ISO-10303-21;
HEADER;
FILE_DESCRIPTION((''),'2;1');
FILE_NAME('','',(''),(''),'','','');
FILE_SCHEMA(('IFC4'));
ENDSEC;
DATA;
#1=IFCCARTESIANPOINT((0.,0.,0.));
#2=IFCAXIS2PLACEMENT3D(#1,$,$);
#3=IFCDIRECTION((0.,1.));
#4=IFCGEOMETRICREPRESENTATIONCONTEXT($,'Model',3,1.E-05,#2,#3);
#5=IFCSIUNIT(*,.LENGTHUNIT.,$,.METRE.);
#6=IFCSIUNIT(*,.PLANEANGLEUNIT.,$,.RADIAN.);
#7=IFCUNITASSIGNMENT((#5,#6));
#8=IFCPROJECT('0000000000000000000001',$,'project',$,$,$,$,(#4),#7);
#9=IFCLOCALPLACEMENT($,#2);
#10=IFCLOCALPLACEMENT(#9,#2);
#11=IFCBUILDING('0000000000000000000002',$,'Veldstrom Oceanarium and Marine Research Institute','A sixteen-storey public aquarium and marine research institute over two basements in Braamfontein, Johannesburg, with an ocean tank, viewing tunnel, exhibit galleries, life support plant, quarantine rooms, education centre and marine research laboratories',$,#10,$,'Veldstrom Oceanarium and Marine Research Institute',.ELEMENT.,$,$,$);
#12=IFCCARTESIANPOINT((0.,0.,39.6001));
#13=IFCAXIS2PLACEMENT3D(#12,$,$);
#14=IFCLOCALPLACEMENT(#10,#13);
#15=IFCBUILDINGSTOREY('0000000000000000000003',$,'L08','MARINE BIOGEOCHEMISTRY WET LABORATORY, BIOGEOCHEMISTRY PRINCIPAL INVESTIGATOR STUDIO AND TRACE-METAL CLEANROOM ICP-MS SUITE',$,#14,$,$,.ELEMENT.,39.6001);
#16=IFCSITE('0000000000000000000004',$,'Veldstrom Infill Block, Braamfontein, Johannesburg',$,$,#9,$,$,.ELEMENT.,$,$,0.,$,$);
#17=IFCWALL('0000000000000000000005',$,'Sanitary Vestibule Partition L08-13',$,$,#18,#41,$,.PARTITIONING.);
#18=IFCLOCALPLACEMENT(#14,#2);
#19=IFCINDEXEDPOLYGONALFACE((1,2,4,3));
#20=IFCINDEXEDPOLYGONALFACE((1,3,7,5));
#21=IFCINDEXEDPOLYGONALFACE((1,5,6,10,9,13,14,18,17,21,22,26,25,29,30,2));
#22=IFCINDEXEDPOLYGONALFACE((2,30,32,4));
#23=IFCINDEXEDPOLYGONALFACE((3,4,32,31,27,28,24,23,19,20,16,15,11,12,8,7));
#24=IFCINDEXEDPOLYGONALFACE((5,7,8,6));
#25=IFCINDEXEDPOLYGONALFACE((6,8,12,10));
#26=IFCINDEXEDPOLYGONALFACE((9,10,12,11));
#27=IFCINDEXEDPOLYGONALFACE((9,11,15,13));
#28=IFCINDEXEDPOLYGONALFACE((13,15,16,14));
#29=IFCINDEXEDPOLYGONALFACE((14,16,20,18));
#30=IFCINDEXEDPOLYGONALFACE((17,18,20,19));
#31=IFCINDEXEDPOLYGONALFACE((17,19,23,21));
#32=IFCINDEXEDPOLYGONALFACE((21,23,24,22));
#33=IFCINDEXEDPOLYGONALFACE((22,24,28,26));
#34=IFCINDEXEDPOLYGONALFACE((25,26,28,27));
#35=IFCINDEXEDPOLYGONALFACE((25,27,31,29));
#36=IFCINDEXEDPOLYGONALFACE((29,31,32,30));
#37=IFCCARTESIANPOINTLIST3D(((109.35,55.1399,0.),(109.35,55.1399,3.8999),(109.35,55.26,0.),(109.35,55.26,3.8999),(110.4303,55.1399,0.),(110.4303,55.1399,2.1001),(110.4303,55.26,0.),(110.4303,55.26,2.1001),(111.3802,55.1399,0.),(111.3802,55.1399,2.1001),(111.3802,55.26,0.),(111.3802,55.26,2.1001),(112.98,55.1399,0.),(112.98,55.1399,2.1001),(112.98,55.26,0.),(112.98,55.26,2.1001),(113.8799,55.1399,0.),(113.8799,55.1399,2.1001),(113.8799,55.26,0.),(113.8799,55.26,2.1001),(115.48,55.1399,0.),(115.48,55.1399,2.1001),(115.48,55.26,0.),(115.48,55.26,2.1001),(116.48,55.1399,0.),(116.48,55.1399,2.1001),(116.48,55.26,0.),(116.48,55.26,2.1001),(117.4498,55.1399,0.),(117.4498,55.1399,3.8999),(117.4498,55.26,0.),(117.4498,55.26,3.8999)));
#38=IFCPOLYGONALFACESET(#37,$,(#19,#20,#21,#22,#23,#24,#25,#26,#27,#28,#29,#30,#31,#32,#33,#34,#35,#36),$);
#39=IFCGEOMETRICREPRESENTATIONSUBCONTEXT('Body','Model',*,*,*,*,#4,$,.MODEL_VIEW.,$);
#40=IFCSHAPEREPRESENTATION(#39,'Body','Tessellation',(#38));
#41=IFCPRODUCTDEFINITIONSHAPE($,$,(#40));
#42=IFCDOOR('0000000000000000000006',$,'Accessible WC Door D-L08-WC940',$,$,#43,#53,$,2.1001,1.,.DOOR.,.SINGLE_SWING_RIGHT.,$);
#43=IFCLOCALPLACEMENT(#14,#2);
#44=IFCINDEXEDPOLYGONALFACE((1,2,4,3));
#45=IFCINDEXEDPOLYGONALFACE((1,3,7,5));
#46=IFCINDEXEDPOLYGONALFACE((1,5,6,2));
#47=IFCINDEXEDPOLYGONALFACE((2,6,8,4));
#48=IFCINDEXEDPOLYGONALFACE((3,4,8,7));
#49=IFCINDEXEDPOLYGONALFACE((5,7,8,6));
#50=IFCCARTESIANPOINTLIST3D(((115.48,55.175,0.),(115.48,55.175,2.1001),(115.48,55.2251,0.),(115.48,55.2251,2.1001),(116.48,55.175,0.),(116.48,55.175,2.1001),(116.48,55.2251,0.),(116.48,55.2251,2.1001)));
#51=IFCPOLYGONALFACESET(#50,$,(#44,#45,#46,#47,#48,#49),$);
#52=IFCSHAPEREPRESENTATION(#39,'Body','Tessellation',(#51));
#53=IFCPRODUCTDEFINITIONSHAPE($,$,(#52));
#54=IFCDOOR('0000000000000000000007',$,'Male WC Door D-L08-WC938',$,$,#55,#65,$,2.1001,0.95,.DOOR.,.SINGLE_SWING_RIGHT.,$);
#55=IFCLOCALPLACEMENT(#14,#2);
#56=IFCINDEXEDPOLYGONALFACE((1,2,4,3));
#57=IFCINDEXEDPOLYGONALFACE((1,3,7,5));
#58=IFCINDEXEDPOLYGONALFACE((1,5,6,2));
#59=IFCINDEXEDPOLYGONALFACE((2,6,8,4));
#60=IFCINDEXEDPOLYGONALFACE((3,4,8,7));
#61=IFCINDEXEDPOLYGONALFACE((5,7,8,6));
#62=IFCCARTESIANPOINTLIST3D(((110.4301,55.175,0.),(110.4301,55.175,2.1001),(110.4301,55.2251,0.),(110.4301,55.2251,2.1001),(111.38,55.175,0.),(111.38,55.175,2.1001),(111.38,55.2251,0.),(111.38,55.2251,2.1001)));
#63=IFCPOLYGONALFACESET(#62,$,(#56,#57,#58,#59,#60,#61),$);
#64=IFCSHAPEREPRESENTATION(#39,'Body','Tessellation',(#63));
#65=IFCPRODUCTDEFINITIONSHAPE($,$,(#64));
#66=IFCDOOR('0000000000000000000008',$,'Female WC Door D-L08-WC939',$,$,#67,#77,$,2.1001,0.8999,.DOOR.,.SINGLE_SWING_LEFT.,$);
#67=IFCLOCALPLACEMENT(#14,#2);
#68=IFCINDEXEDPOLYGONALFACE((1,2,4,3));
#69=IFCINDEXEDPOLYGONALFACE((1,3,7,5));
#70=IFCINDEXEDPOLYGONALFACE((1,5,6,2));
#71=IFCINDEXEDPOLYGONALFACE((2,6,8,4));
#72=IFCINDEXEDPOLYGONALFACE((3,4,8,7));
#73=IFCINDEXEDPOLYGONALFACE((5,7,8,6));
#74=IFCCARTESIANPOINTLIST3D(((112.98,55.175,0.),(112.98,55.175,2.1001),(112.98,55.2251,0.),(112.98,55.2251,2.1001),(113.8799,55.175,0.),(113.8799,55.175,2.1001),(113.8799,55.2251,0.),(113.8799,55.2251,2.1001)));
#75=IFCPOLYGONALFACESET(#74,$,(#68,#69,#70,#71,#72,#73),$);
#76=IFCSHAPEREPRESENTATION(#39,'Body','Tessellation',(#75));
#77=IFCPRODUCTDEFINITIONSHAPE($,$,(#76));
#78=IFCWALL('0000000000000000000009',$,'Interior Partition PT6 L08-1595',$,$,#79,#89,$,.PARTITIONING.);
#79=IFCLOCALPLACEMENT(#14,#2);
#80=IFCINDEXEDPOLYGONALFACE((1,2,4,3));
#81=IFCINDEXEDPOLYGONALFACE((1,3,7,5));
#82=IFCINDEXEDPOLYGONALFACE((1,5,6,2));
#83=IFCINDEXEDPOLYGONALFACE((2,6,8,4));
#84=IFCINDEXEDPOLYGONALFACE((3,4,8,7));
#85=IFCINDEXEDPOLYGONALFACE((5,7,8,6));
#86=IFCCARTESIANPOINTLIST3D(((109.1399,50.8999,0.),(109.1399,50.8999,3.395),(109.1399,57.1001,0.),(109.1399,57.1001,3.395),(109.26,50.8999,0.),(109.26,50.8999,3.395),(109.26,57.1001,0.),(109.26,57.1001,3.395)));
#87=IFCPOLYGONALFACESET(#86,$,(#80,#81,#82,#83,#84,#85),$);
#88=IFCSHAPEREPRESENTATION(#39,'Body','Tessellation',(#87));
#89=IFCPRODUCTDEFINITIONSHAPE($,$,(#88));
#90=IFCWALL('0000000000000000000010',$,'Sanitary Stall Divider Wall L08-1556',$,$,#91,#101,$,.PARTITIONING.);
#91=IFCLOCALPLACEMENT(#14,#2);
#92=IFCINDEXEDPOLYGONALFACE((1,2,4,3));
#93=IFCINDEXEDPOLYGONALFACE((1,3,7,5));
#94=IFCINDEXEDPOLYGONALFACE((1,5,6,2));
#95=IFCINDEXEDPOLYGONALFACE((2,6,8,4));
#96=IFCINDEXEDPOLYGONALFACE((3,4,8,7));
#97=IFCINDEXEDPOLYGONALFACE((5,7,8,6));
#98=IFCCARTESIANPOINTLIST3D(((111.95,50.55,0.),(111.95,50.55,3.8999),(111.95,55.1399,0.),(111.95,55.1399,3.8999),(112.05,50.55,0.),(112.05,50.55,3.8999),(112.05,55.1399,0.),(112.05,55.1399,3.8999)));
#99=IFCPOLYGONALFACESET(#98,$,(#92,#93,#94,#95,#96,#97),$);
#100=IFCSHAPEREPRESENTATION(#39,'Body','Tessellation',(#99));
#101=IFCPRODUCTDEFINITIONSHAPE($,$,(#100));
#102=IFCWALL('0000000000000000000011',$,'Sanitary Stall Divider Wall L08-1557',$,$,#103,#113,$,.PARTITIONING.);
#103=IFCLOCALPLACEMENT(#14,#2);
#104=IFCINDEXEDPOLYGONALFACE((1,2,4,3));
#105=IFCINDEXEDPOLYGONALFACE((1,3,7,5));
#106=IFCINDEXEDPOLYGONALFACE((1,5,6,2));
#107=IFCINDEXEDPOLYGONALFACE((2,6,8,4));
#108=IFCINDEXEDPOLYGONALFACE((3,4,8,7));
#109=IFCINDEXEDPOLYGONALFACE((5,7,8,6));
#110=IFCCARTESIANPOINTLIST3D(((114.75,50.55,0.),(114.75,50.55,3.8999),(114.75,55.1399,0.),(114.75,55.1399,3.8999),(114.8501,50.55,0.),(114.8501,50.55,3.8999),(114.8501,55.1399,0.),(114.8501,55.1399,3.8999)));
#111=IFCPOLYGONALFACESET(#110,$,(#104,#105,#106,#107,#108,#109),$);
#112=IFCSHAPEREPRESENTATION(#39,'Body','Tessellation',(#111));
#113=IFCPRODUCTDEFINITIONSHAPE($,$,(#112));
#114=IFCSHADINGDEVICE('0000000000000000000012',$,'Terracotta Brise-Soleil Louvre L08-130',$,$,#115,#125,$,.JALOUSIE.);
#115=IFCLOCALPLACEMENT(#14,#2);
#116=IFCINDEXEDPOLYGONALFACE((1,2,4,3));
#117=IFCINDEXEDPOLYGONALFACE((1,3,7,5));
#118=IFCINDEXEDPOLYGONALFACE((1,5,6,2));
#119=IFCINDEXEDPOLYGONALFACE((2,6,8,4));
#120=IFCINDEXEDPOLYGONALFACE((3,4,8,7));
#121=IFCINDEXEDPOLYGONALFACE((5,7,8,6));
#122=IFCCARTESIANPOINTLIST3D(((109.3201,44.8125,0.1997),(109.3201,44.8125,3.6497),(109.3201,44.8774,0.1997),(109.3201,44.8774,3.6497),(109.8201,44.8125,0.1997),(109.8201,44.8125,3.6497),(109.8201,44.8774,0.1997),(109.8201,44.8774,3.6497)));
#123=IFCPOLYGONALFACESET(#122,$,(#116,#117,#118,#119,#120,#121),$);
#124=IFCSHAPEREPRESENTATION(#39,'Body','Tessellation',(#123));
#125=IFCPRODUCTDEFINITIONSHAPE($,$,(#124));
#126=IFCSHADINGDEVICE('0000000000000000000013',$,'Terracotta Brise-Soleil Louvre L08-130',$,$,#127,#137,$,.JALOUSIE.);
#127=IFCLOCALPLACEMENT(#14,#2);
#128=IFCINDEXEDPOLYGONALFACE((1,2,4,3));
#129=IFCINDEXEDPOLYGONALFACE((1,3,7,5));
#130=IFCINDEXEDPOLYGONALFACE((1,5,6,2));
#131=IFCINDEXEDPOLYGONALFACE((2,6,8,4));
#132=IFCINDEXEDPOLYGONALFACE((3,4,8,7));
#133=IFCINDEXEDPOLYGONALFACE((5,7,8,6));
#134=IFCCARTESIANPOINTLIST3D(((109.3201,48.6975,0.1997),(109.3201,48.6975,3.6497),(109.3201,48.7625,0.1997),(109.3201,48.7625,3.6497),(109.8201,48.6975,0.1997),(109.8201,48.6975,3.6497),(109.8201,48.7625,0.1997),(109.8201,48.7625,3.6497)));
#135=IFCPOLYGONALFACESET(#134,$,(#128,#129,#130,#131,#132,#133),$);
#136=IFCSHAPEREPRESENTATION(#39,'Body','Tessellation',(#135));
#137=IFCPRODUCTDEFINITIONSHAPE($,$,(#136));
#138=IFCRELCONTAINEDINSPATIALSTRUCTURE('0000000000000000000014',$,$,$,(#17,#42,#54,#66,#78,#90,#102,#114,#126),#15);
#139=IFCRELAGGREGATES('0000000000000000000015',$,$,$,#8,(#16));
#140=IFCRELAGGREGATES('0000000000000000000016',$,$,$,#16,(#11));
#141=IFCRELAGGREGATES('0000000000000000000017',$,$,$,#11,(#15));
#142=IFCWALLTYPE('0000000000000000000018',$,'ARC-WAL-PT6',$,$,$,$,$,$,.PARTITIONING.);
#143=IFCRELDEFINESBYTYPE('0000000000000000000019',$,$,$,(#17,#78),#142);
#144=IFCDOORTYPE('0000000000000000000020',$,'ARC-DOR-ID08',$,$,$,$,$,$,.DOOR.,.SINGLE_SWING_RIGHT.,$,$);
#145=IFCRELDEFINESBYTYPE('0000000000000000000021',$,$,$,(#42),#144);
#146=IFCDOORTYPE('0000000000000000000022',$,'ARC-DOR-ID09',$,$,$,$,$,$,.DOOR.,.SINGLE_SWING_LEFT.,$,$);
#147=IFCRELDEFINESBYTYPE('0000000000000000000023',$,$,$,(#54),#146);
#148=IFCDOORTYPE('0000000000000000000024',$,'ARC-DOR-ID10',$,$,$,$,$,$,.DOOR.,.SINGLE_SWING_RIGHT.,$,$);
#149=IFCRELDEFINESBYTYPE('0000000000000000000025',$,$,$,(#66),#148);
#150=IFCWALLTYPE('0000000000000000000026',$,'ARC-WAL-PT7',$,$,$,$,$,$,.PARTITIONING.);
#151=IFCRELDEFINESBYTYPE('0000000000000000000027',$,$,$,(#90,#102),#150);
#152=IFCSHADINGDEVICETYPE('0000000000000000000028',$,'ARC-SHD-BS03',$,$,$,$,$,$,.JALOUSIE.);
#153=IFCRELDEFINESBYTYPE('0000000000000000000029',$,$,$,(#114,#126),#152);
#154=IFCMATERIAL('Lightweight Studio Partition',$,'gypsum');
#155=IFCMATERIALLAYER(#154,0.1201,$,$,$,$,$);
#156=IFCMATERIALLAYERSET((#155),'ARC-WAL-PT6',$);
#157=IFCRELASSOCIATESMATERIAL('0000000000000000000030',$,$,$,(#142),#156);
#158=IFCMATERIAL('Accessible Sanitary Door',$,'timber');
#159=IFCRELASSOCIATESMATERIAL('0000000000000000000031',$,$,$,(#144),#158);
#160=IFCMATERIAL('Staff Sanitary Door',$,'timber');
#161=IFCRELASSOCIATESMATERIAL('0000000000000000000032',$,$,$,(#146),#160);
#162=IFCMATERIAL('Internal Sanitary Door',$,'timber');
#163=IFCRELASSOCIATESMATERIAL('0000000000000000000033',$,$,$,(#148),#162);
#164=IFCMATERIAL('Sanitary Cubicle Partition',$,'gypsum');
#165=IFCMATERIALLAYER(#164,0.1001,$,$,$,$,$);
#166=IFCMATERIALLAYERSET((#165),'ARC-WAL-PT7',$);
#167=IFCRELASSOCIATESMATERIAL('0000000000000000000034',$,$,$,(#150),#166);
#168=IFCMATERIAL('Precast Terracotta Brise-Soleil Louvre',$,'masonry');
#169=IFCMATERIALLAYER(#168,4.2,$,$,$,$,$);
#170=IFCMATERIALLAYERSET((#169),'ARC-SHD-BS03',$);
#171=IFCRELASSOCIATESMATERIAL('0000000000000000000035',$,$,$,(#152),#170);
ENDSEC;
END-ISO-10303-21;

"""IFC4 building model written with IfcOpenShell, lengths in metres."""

from ifc_helpers import new_model, si_unit, direction, frame, frame_2d, origin, origin_2d, place, context, subcontext, project, spatial, rectangle, extrude, material, layer, layer_set, type_object, element, fill, save


model = new_model("IFC4")

# Units and contexts
model_context = context("Model", 3, precision=1e-05, world=origin(), true_north=direction((0.0, 1.0)))
body_context = subcontext(model_context, "Body", "Model", "MODEL_VIEW")
ifc_project = project(units=[si_unit("LENGTHUNIT", "METRE"), si_unit("PLANEANGLEUNIT", "RADIAN")], contexts=[model_context])

# Site, building, storey
site_placement = place(None, origin())
site = spatial("IfcSite", under=ifc_project, at=site_placement, Name="Veldstrom Infill Block, Braamfontein, Johannesburg", CompositionType="ELEMENT", RefElevation=0.0)
building_placement = place(site_placement, origin())
building = spatial("IfcBuilding", under=site, at=building_placement, Name="Veldstrom Oceanarium and Marine Research Institute", Description="A sixteen-storey public aquarium and marine research institute over two basements in Braamfontein, Johannesburg, with an ocean tank, viewing tunnel, exhibit galleries, life support plant, quarantine rooms, education centre and marine research laboratories", LongName="Veldstrom Oceanarium and Marine Research Institute", CompositionType="ELEMENT")
storey_placement = place(building_placement, frame((0.0, 0.0, 39.6001)))
storey = spatial("IfcBuildingStorey", under=building, at=storey_placement, Name="L08", Description="MARINE BIOGEOCHEMISTRY WET LABORATORY, BIOGEOCHEMISTRY PRINCIPAL INVESTIGATOR STUDIO AND TRACE-METAL CLEANROOM ICP-MS SUITE", CompositionType="ELEMENT", Elevation=39.6001)

# Wall, openings, doors
ifc_material_1 = material(Name="Lightweight Studio Partition", Category="gypsum")
ifc_layer_1 = layer(ifc_material_1, 0.1201)
ifc_layer_set_1 = layer_set([ifc_layer_1], Name="ARC-WAL-PT6")
wall_type_1 = type_object("IfcWallType", Name="ARC-WAL-PT6", PredefinedType="PARTITIONING", material=ifc_layer_set_1)
wall_1_placement = place(storey_placement, frame((109.3501, 55.2, 0.0), z_axis=(0.0, 0.0, 1.0), x_axis=(1.0, 0.0, 0.0)))
wall_1 = element("IfcWall", 1, at=wall_1_placement, inside=storey, type_object=wall_type_1, Name="Sanitary Vestibule Partition L08-13", PredefinedType="PARTITIONING", context=body_context, shape_type="SweptSolid", body=[
    extrude(rectangle(XDim=8.0999, YDim=0.1201, at=frame_2d((4.0498, 0.0))), origin(), (0.0, 0.0, 1.0), 3.8999),
])
opening_1_placement = place(wall_1_placement, frame((1.0801, 0.0, 0.0)))
opening_1 = element("IfcOpeningElement", 2, at=opening_1_placement, cuts=wall_1, PredefinedType="OPENING", context=body_context, shape_type="SweptSolid", body=[
    extrude(rectangle(XDim=0.95, YDim=2.1001, at=frame_2d((0.4751, 1.05))), frame((0.0, 0.0701, 0.0), z_axis=(0.0, -1.0, 0.0), x_axis=(1.0, 0.0, 0.0)), (0.0, 0.0, 1.0), 0.1401),
])
opening_2_placement = place(wall_1_placement, frame((3.6299, 0.0, 0.0)))
opening_2 = element("IfcOpeningElement", 3, at=opening_2_placement, cuts=wall_1, PredefinedType="OPENING", context=body_context, shape_type="SweptSolid", body=[
    extrude(rectangle(XDim=0.8999, YDim=2.1001, at=frame_2d((0.45, 1.05))), frame((0.0, 0.0701, 0.0), z_axis=(0.0, -1.0, 0.0), x_axis=(1.0, 0.0, 0.0)), (0.0, 0.0, 1.0), 0.1401),
])
opening_3_placement = place(wall_1_placement, frame((6.1299, 0.0, 0.0)))
opening_3 = element("IfcOpeningElement", 4, at=opening_3_placement, cuts=wall_1, PredefinedType="OPENING", context=body_context, shape_type="SweptSolid", body=[
    extrude(rectangle(XDim=1.0, YDim=2.1001, at=frame_2d((0.5, 1.05))), frame((0.0, 0.0701, 0.0), z_axis=(0.0, -1.0, 0.0), x_axis=(1.0, 0.0, 0.0)), (0.0, 0.0, 1.0), 0.1401),
])
ifc_material_2 = material(Name="Accessible Sanitary Door", Category="timber")
door_type_1 = type_object("IfcDoorType", Name="ARC-DOR-ID08", OperationType="SINGLE_SWING_RIGHT", PredefinedType="DOOR", material=ifc_material_2)
door_1_placement = place(opening_3_placement, frame((1.0, 0.0, 0.0), z_axis=(0.0, 0.0, 1.0), x_axis=(-1.0, 0.0, 0.0)))
door_1 = element("IfcDoor", 5, at=door_1_placement, inside=storey, type_object=door_type_1, Name="Accessible WC Door D-L08-WC940", OperationType="SINGLE_SWING_RIGHT", OverallHeight=2.1001, OverallWidth=1.0, PredefinedType="DOOR", context=body_context, shape_type="SweptSolid", body=[
    extrude(rectangle(XDim=1.0, YDim=2.1001, at=frame_2d((0.5, 1.05))), frame((0.0, 0.0249, 0.0), z_axis=(0.0, -1.0, 0.0), x_axis=(1.0, 0.0, 0.0)), (0.0, 0.0, 1.0), 0.05),
])
fill(opening_3, door_1)
ifc_material_3 = material(Name="Staff Sanitary Door", Category="timber")
door_type_2 = type_object("IfcDoorType", Name="ARC-DOR-ID09", OperationType="SINGLE_SWING_LEFT", PredefinedType="DOOR", material=ifc_material_3)
door_2_placement = place(opening_1_placement, frame((0.95, 0.0, 0.0), z_axis=(0.0, 0.0, 1.0), x_axis=(-1.0, 0.0, 0.0)))
door_2 = element("IfcDoor", 6, at=door_2_placement, inside=storey, type_object=door_type_2, Name="Male WC Door D-L08-WC938", OperationType="SINGLE_SWING_RIGHT", OverallHeight=2.1001, OverallWidth=0.95, PredefinedType="DOOR", context=body_context, shape_type="SweptSolid", body=[
    extrude(rectangle(XDim=0.95, YDim=2.1001, at=frame_2d((0.4751, 1.05))), frame((0.0, 0.0249, 0.0), z_axis=(0.0, -1.0, 0.0), x_axis=(1.0, 0.0, 0.0)), (0.0, 0.0, 1.0), 0.05),
])
fill(opening_1, door_2)
ifc_material_4 = material(Name="Internal Sanitary Door", Category="timber")
door_type_3 = type_object("IfcDoorType", Name="ARC-DOR-ID10", OperationType="SINGLE_SWING_RIGHT", PredefinedType="DOOR", material=ifc_material_4)
door_3_placement = place(opening_2_placement, frame((0.8999, 0.0, 0.0), z_axis=(0.0, 0.0, 1.0), x_axis=(-1.0, 0.0, 0.0)))
door_3 = element("IfcDoor", 7, at=door_3_placement, inside=storey, type_object=door_type_3, Name="Female WC Door D-L08-WC939", OperationType="SINGLE_SWING_LEFT", OverallHeight=2.1001, OverallWidth=0.8999, PredefinedType="DOOR", context=body_context, shape_type="SweptSolid", body=[
    extrude(rectangle(XDim=0.8999, YDim=2.1001, at=frame_2d((0.45, 1.05))), frame((0.0, 0.0249, 0.0), z_axis=(0.0, -1.0, 0.0), x_axis=(1.0, 0.0, 0.0)), (0.0, 0.0, 1.0), 0.05),
])
fill(opening_2, door_3)

# Walls
wall_2_placement = place(storey_placement, frame((109.2, 50.8999, 0.0), z_axis=(0.0, 0.0, 1.0), x_axis=(0.0, 1.0, 0.0)))
element("IfcWall", 8, at=wall_2_placement, inside=storey, type_object=wall_type_1, Name="Interior Partition PT6 L08-1595", PredefinedType="PARTITIONING", context=body_context, shape_type="SweptSolid", body=[
    extrude(rectangle(XDim=6.2002, YDim=0.1201, at=frame_2d((3.1001, 0.0))), origin(), (0.0, 0.0, 1.0), 3.395),
])
ifc_material_5 = material(Name="Sanitary Cubicle Partition", Category="gypsum")
ifc_layer_2 = layer(ifc_material_5, 0.1001)
ifc_layer_set_2 = layer_set([ifc_layer_2], Name="ARC-WAL-PT7")
wall_type_2 = type_object("IfcWallType", Name="ARC-WAL-PT7", PredefinedType="PARTITIONING", material=ifc_layer_set_2)
for number, where, z_axis, x_axis, name in (
    (9, (112.0, 50.55, 0.0), (0.0, 0.0, 1.0), (0.0, 1.0, 0.0), "Sanitary Stall Divider Wall L08-1556"),
    (10, (114.8, 50.55, 0.0), (0.0, 0.0, 1.0), (0.0, 1.0, 0.0), "Sanitary Stall Divider Wall L08-1557"),
):
    element("IfcWall", number, at=place(storey_placement, frame(where, z_axis=z_axis, x_axis=x_axis)), inside=storey, type_object=wall_type_2, Name=name, PredefinedType="PARTITIONING", context=body_context, shape_type="SweptSolid", body=[
        extrude(rectangle(XDim=4.5898, YDim=0.1001, at=frame_2d((2.2949, 0.0))), origin(), (0.0, 0.0, 1.0), 3.8999),
    ])

# Shading devices
ifc_material_6 = material(Name="Precast Terracotta Brise-Soleil Louvre", Category="masonry")
ifc_layer_3 = layer(ifc_material_6, 4.2)
ifc_layer_set_3 = layer_set([ifc_layer_3], Name="ARC-SHD-BS03")
shading_device_type = type_object("IfcShadingDeviceType", Name="ARC-SHD-BS03", PredefinedType="JALOUSIE", material=ifc_layer_set_3)
for number, where, z_axis, x_axis, name in (
    (11, (109.5701, 44.845, 0.1997), (0.0, 0.0, 1.0), (1.0, 0.0, 0.0), "Terracotta Brise-Soleil Louvre L08-130"),
    (12, (109.5701, 48.73, 0.1997), (0.0, 0.0, 1.0), (1.0, 0.0, 0.0), "Terracotta Brise-Soleil Louvre L08-130"),
):
    element("IfcShadingDevice", number, at=place(storey_placement, frame(where, z_axis=z_axis, x_axis=x_axis)), inside=storey, type_object=shading_device_type, Name=name, PredefinedType="JALOUSIE", context=body_context, shape_type="SweptSolid", body=[
        extrude(rectangle(XDim=0.5, YDim=0.0649, at=origin_2d()), origin(), (0.0, 0.0, 1.0), 3.45),
    ])

save(model, "model.ifc")
